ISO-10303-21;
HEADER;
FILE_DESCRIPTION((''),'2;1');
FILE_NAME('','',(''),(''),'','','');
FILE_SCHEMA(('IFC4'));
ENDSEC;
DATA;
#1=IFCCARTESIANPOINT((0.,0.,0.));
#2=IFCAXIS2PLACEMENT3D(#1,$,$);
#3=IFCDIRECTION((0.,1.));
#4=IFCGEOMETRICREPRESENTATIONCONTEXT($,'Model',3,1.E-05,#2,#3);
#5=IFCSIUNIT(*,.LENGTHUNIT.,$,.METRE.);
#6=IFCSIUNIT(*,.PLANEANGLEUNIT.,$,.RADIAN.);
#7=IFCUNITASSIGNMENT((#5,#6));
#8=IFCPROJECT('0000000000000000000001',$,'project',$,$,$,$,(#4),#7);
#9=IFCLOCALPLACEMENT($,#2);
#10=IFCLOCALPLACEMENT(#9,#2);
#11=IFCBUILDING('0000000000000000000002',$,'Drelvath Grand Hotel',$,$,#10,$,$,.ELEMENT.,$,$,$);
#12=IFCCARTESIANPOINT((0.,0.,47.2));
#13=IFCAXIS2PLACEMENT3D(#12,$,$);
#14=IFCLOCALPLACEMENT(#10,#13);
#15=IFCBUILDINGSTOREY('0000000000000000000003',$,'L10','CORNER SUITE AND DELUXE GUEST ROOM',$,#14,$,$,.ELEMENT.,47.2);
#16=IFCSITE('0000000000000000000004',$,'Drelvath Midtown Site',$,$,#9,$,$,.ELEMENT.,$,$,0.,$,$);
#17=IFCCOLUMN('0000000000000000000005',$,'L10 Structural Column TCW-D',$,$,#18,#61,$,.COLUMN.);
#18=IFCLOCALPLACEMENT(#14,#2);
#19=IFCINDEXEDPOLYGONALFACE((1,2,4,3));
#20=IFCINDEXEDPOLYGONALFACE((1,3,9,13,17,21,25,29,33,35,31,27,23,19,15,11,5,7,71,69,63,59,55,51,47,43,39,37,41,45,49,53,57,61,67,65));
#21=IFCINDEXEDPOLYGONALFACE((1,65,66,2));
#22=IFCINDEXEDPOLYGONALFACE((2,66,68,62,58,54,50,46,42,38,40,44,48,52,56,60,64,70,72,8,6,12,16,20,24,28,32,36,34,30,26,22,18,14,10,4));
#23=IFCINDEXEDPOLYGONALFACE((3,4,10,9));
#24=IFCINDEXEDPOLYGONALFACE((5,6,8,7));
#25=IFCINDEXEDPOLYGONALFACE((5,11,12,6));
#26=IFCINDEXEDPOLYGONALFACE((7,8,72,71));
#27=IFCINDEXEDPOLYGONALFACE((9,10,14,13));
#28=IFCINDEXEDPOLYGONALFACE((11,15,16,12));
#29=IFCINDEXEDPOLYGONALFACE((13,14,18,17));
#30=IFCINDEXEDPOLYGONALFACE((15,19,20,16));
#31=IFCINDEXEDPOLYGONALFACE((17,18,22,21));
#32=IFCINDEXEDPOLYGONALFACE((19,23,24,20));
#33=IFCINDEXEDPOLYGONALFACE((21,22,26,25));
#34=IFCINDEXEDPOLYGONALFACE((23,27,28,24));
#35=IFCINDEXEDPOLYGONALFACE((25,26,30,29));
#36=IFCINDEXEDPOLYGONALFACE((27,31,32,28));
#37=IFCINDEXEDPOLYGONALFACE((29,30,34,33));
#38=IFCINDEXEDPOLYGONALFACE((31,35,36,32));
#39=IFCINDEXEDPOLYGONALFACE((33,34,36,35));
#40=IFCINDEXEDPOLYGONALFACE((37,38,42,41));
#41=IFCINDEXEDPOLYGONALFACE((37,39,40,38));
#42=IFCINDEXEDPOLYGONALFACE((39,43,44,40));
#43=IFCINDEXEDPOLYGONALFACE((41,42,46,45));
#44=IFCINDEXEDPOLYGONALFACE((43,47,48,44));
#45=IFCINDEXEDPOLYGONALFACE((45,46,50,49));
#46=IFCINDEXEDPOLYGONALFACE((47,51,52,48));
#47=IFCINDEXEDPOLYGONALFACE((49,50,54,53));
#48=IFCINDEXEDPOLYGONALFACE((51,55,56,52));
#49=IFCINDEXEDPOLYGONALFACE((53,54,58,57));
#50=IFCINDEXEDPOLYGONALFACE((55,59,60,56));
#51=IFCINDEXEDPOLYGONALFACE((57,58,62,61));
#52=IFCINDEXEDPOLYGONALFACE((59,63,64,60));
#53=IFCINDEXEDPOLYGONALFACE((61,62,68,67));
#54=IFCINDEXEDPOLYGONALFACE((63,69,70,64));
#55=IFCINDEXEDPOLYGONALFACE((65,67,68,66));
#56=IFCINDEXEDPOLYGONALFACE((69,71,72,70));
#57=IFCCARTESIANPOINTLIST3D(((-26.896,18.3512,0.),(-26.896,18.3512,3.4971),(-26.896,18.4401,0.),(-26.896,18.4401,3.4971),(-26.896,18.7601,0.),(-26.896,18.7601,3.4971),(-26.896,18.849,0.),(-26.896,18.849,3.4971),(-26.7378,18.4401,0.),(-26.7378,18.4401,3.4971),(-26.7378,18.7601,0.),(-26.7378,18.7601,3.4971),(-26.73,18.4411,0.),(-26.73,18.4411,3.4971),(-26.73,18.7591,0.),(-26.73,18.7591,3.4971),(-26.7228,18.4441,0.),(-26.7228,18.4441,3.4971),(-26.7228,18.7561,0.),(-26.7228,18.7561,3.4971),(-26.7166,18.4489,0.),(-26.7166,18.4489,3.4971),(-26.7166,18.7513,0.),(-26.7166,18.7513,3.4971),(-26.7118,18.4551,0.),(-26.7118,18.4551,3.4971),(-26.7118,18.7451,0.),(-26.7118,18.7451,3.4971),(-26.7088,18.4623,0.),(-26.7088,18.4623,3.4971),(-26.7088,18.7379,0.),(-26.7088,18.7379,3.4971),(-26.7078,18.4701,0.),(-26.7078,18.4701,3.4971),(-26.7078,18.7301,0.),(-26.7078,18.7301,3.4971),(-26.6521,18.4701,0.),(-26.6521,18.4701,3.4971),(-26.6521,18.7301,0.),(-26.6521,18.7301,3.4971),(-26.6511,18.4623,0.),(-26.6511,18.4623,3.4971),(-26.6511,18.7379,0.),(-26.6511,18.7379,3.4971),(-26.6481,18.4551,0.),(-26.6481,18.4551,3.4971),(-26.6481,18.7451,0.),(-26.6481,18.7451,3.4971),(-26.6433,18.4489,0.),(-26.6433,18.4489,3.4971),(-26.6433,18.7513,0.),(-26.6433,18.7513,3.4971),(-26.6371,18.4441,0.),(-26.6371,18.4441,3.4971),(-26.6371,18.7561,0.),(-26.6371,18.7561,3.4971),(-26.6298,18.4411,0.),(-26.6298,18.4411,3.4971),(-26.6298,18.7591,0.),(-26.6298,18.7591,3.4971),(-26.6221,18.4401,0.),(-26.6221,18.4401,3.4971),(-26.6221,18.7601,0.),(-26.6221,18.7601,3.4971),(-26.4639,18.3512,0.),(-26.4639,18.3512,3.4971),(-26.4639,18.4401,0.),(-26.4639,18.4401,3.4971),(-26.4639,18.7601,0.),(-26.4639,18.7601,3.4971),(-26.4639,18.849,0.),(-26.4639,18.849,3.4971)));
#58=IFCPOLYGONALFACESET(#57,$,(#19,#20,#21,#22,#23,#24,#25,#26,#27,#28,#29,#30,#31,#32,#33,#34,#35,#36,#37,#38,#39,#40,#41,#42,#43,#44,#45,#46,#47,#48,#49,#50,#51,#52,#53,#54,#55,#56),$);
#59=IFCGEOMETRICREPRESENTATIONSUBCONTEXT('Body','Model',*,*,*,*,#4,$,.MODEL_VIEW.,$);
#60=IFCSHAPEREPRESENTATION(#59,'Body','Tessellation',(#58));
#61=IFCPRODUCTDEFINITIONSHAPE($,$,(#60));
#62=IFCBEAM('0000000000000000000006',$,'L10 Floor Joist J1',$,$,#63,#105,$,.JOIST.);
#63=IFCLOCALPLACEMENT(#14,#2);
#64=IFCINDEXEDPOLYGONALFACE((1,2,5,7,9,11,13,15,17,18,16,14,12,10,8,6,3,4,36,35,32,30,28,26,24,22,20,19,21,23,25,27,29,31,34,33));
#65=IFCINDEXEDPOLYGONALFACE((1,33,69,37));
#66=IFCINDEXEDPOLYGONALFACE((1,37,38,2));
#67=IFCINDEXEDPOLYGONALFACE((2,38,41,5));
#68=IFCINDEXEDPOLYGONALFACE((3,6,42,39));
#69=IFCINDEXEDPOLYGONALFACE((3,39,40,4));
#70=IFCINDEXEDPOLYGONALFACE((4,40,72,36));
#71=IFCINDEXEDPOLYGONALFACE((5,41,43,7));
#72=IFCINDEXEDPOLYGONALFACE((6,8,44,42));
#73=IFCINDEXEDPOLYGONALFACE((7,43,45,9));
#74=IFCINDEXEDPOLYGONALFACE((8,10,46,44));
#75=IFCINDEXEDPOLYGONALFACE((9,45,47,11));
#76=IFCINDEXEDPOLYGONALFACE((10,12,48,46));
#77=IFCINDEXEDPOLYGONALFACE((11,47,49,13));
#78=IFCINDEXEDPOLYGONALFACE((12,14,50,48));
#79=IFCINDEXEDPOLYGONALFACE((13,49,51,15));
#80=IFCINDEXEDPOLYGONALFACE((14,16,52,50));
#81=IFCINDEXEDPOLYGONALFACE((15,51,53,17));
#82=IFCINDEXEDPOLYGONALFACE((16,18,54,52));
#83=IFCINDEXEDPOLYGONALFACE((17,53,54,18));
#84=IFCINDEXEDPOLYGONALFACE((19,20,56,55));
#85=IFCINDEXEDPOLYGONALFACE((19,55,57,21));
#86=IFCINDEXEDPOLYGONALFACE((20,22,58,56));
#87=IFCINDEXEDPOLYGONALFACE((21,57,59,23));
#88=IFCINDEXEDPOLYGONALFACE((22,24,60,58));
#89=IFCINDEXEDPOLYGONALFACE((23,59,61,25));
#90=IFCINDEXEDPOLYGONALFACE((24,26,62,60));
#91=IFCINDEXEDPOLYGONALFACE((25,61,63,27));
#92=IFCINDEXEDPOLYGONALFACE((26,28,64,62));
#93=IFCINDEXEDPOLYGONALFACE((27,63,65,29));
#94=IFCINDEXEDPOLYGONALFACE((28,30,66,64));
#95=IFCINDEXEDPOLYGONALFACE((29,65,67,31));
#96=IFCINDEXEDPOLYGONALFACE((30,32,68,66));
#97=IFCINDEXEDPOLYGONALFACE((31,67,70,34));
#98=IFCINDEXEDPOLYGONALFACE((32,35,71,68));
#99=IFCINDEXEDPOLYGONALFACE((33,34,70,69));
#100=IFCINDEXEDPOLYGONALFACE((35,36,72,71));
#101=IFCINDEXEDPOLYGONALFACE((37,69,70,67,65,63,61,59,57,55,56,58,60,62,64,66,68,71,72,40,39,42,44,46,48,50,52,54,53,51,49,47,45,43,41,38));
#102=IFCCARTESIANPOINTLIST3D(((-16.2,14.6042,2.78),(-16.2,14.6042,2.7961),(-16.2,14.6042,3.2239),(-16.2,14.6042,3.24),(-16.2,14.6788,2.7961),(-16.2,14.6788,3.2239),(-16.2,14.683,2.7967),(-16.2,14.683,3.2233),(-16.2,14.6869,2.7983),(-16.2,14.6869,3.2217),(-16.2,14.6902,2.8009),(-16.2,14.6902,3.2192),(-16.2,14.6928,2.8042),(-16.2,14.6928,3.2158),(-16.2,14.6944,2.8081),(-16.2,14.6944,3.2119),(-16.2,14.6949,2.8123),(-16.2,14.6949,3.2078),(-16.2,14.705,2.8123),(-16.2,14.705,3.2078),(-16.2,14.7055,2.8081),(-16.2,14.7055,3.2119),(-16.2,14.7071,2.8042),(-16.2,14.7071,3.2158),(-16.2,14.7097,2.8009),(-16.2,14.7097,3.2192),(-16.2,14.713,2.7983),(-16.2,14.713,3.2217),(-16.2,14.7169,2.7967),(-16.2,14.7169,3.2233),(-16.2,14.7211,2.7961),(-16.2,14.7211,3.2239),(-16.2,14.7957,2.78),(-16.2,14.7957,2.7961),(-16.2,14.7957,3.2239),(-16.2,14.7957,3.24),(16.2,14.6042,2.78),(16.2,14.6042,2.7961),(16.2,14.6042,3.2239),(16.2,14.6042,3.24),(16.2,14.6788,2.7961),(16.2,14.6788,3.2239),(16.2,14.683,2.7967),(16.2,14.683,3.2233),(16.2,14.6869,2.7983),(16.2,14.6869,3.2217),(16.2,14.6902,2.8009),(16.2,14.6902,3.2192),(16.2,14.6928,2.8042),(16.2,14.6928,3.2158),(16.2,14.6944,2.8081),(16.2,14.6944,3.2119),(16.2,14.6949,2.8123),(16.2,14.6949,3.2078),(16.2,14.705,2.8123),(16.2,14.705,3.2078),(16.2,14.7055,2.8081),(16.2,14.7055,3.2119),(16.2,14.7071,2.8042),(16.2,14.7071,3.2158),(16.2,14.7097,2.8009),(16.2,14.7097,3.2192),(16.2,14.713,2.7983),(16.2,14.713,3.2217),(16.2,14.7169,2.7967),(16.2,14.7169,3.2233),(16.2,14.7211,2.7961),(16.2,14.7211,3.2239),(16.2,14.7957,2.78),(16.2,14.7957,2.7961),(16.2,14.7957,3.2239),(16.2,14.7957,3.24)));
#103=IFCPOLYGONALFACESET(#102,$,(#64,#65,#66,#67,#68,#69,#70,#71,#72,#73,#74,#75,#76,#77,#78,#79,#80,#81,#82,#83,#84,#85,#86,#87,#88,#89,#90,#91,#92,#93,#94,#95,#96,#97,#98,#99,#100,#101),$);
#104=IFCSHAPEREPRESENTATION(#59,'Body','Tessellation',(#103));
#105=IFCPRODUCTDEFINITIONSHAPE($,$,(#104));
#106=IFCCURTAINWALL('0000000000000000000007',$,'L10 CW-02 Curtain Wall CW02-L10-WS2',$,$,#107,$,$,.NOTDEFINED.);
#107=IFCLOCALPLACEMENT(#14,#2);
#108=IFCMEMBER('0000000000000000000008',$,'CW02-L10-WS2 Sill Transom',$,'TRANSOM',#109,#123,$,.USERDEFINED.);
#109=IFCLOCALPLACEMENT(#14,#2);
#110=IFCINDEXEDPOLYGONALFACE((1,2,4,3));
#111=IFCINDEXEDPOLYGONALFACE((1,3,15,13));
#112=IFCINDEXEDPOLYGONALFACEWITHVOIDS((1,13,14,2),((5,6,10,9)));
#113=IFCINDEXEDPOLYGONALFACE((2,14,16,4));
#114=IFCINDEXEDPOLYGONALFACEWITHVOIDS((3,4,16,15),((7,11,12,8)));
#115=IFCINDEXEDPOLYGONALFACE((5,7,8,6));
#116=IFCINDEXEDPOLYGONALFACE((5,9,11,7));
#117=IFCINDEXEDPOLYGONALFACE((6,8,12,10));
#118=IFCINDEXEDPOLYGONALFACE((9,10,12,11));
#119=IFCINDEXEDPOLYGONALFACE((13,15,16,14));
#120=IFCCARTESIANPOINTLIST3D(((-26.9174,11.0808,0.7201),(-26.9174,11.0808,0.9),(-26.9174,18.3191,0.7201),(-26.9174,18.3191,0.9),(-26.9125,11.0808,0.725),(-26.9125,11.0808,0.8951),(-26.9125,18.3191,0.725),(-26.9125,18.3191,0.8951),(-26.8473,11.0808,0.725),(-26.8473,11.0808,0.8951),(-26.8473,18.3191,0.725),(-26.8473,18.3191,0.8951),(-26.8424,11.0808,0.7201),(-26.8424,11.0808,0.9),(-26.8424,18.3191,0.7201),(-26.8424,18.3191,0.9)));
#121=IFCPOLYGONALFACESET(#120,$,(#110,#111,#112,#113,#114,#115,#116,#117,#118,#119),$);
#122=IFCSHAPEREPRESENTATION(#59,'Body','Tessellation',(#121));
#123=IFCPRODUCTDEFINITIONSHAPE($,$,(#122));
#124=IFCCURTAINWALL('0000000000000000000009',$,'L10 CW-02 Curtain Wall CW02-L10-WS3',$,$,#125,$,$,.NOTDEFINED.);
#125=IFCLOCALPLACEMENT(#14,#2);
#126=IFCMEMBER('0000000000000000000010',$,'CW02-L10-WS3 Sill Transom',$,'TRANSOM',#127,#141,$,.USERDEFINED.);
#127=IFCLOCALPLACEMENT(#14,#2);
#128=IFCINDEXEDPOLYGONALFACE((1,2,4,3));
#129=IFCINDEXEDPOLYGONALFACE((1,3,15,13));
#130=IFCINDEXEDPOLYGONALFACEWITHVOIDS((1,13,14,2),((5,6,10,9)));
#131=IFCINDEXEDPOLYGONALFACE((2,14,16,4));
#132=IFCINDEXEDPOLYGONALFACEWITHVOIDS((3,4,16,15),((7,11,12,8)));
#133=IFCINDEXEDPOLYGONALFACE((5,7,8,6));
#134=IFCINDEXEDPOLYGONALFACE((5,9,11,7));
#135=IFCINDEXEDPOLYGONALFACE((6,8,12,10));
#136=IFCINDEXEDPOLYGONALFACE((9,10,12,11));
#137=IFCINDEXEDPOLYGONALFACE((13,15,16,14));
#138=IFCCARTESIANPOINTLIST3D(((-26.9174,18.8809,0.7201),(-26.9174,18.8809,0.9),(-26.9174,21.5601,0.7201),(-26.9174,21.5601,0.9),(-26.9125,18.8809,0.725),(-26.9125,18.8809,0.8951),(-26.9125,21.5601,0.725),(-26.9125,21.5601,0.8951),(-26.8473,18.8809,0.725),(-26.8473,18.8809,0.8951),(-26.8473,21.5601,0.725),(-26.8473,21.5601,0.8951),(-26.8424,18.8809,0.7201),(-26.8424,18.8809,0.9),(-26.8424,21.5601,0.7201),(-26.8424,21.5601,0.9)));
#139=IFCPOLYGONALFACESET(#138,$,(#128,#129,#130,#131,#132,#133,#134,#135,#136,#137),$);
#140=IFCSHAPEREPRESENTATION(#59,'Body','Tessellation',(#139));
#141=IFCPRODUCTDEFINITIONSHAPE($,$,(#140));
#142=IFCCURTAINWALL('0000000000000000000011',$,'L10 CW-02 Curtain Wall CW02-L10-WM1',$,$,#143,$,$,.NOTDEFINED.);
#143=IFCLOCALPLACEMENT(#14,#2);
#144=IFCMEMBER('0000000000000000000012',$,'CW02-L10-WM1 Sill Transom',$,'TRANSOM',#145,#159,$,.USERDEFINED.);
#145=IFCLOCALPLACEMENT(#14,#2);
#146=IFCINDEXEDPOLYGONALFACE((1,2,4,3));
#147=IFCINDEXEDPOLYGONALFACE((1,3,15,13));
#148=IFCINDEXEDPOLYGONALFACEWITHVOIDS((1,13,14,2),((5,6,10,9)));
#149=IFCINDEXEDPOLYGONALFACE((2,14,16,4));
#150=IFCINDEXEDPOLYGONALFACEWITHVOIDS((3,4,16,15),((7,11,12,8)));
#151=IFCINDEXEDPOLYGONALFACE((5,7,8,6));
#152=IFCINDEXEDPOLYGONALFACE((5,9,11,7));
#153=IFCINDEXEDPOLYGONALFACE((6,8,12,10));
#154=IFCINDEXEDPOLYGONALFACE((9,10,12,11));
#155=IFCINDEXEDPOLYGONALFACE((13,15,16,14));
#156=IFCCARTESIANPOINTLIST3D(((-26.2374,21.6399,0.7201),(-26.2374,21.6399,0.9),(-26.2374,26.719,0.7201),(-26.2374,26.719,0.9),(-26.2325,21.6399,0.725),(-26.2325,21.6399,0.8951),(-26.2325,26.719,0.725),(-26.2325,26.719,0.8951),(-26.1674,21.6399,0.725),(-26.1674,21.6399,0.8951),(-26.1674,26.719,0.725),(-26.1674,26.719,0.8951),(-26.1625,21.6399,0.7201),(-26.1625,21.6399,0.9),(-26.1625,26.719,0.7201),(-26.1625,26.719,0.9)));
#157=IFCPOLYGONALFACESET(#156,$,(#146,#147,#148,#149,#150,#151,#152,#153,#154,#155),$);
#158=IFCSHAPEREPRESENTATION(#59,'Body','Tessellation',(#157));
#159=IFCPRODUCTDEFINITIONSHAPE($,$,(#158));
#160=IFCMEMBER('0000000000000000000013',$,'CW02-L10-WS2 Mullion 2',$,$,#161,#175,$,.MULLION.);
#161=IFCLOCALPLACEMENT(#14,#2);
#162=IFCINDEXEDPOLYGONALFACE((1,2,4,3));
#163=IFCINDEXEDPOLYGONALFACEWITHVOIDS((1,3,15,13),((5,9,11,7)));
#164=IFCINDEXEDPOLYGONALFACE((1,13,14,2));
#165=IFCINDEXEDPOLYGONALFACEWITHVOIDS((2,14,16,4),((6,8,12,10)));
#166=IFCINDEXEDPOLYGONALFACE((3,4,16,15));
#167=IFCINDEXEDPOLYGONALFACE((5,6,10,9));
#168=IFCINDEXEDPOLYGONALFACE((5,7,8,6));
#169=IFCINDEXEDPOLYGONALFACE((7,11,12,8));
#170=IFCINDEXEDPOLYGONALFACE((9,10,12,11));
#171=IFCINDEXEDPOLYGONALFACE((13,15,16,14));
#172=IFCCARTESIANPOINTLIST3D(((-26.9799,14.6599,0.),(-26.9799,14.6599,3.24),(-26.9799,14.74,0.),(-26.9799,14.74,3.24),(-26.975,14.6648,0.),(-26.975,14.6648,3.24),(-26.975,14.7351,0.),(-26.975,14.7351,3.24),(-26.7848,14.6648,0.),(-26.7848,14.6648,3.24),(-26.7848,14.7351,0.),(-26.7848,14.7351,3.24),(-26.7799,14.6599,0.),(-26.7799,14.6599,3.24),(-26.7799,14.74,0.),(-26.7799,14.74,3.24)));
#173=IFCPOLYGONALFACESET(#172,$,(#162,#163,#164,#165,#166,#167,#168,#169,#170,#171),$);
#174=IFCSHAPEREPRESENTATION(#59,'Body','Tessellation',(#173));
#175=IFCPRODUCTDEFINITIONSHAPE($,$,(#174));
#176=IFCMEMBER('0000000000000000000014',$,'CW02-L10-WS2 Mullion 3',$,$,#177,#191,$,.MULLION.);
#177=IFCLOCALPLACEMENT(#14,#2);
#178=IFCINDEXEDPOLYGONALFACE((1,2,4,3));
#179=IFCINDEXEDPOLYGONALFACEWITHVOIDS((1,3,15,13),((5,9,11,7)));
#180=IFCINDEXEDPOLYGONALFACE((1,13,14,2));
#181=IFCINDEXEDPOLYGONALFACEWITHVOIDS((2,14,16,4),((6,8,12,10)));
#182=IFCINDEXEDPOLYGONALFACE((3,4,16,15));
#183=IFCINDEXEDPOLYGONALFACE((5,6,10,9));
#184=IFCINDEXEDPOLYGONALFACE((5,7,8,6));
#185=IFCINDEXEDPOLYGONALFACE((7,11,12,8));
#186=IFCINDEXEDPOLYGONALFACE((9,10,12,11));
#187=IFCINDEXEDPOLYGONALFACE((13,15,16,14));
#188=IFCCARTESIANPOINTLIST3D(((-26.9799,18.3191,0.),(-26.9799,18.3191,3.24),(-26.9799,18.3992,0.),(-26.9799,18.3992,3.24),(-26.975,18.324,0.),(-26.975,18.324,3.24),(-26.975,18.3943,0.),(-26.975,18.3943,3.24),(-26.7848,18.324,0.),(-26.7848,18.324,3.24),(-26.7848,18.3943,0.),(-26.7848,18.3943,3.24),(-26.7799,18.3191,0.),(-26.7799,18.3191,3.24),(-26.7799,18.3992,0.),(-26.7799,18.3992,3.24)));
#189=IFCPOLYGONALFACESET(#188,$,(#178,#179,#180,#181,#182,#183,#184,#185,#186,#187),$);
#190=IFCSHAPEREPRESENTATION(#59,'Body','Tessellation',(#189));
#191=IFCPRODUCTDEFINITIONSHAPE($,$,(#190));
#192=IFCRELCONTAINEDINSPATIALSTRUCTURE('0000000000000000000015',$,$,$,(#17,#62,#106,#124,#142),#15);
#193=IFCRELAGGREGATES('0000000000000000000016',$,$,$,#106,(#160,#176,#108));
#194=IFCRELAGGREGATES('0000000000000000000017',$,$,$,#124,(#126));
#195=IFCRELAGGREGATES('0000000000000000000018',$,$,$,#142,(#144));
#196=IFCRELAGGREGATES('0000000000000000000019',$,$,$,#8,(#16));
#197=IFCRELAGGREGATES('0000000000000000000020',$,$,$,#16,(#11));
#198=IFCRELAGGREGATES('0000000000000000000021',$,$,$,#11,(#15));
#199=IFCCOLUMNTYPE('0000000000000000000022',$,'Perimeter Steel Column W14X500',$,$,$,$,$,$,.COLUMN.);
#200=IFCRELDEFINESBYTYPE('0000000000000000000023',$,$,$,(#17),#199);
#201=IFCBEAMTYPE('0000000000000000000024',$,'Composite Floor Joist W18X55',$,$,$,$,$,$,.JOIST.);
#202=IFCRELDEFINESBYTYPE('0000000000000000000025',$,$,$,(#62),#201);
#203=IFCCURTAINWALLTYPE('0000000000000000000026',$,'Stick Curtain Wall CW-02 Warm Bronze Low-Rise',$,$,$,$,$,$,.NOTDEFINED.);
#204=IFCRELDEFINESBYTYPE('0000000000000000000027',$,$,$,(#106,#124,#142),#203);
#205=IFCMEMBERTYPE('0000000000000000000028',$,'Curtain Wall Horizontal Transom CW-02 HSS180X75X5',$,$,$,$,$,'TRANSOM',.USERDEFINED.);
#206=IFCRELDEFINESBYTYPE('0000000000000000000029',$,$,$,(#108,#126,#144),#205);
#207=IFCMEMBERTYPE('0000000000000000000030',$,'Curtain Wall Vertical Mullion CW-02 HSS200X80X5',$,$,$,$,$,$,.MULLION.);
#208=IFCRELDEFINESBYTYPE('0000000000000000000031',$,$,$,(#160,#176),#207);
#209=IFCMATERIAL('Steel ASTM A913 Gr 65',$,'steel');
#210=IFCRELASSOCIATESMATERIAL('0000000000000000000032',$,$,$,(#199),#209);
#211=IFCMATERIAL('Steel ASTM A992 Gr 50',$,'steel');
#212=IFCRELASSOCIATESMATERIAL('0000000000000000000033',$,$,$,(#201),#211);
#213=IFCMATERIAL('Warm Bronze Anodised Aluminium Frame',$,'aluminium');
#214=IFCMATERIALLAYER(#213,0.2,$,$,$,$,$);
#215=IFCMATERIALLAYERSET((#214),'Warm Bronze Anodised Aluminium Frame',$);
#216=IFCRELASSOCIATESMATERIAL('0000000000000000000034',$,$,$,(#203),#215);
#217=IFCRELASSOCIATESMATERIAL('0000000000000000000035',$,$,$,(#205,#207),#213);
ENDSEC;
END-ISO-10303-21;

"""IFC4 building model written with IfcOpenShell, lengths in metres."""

from ifc_helpers import new_model, si_unit, direction, frame, origin, origin_2d, place, context, subcontext, project, spatial, hollow_rectangle, i_section, extrude, material, layer, layer_set, material_profile, profile_set, type_object, element, aggregate, save


model = new_model("IFC4")

# Units and contexts
model_context = context("Model", 3, precision=1e-05, world=origin(), true_north=direction((0.0, 1.0)))
body_context = subcontext(model_context, "Body", "Model", "MODEL_VIEW")
ifc_project = project(units=[si_unit("LENGTHUNIT", "METRE"), si_unit("PLANEANGLEUNIT", "RADIAN")], contexts=[model_context])

# Site, building, storey
site_placement = place(None, origin())
site = spatial("IfcSite", under=ifc_project, at=site_placement, Name="Drelvath Midtown Site", CompositionType="ELEMENT", RefElevation=0.0)
building_placement = place(site_placement, origin())
building = spatial("IfcBuilding", under=site, at=building_placement, Name="Drelvath Grand Hotel", CompositionType="ELEMENT")
storey_placement = place(building_placement, frame((0.0, 0.0, 47.2)))
storey = spatial("IfcBuildingStorey", under=building, at=storey_placement, Name="L10", Description="CORNER SUITE AND DELUXE GUEST ROOM", CompositionType="ELEMENT", Elevation=47.2)

# Column
ifc_material_1 = material(Name="Steel ASTM A913 Gr 65", Category="steel")
ifc_material_profile_1 = material_profile(ifc_material_1, i_section(OverallWidth=0.4321, OverallDepth=0.4978, WebThickness=0.0557, FlangeThickness=0.0889, FilletRadius=0.03, at=origin_2d()), Name="W14X500")
ifc_profile_set_1 = profile_set([ifc_material_profile_1], Name="Steel ASTM A913 Gr 65")
column_type = type_object("IfcColumnType", Name="Perimeter Steel Column W14X500", PredefinedType="COLUMN", material=ifc_profile_set_1)
column_placement = place(storey_placement, frame((-26.6799, 18.6001, 0.0), z_axis=(0.0, 0.0, 1.0), x_axis=(1.0, 0.0, 0.0)))
element("IfcColumn", 1, at=column_placement, inside=storey, type_object=column_type, Name="L10 Structural Column TCW-D", PredefinedType="COLUMN", context=body_context, shape_type="SweptSolid", body=[
    extrude(i_section(OverallWidth=0.4321, OverallDepth=0.4978, WebThickness=0.0557, FlangeThickness=0.0889, FilletRadius=0.03, at=origin_2d()), origin(), (0.0, 0.0, 1.0), 3.4971),
])

# Beam
ifc_material_2 = material(Name="Steel ASTM A992 Gr 50", Category="steel")
ifc_material_profile_2 = material_profile(ifc_material_2, i_section(OverallWidth=0.1914, OverallDepth=0.46, WebThickness=0.01, FlangeThickness=0.0161, FilletRadius=0.0161, at=origin_2d()), Name="W18X55")
ifc_profile_set_2 = profile_set([ifc_material_profile_2], Name="Steel ASTM A992 Gr 50")
beam_type_1 = type_object("IfcBeamType", Name="Composite Floor Joist W18X55", PredefinedType="JOIST", material=ifc_profile_set_2)
beam_1_placement = place(storey_placement, frame((-16.2, 14.7, 3.01), z_axis=(1.0, 0.0, 0.0), x_axis=(0.0, 1.0, 0.0)))
element("IfcBeam", 2, at=beam_1_placement, inside=storey, type_object=beam_type_1, Name="L10 Floor Joist J1", PredefinedType="JOIST", context=body_context, shape_type="SweptSolid", body=[
    extrude(i_section(OverallWidth=0.1914, OverallDepth=0.46, WebThickness=0.01, FlangeThickness=0.0161, FilletRadius=0.0161, at=origin_2d()), origin(), (0.0, 0.0, 1.0), 32.3999),
])

# Curtain walls, members
ifc_material_3 = material(Name="Warm Bronze Anodised Aluminium Frame", Category="aluminium")
ifc_layer_1 = layer(ifc_material_3, 0.2)
ifc_layer_set_1 = layer_set([ifc_layer_1], Name="Warm Bronze Anodised Aluminium Frame")
curtain_wall_type = type_object("IfcCurtainWallType", Name="Stick Curtain Wall CW-02 Warm Bronze Low-Rise", PredefinedType="NOTDEFINED", material=ifc_layer_set_1)
curtain_wall_1_placement = place(storey_placement, origin())
curtain_wall_1 = element("IfcCurtainWall", 3, at=curtain_wall_1_placement, inside=storey, type_object=curtain_wall_type, Name="L10 CW-02 Curtain Wall CW02-L10-WS2", PredefinedType="NOTDEFINED")
ifc_material_profile_3 = material_profile(ifc_material_3, hollow_rectangle(XDim=0.075, YDim=0.1799, WallThickness=0.0049, at=origin_2d()), Name="HSS180X75X5")
ifc_profile_set_3 = profile_set([ifc_material_profile_3], Name="Warm Bronze Anodised Aluminium Frame")
member_type_1 = type_object("IfcMemberType", Name="Curtain Wall Horizontal Transom CW-02 HSS180X75X5", ElementType="TRANSOM", PredefinedType="USERDEFINED", material=ifc_profile_set_3)
member_1_placement = place(storey_placement, frame((-26.8799, 11.0808, 0.8101), z_axis=(0.0, 1.0, 0.0), x_axis=(-1.0, 0.0, 0.0)))
member_1 = element("IfcMember", 4, at=member_1_placement, type_object=member_type_1, Name="CW02-L10-WS2 Sill Transom", ObjectType="TRANSOM", PredefinedType="USERDEFINED", context=body_context, shape_type="SweptSolid", body=[
    extrude(hollow_rectangle(XDim=0.075, YDim=0.1799, WallThickness=0.0049, at=origin_2d()), origin(), (0.0, 0.0, 1.0), 7.2383),
])
curtain_wall_2_placement = place(storey_placement, origin())
curtain_wall_2 = element("IfcCurtainWall", 5, at=curtain_wall_2_placement, inside=storey, type_object=curtain_wall_type, Name="L10 CW-02 Curtain Wall CW02-L10-WS3", PredefinedType="NOTDEFINED")
member_2_placement = place(storey_placement, frame((-26.8799, 18.8809, 0.8101), z_axis=(0.0, 1.0, 0.0), x_axis=(-1.0, 0.0, 0.0)))
member_2 = element("IfcMember", 6, at=member_2_placement, type_object=member_type_1, Name="CW02-L10-WS3 Sill Transom", ObjectType="TRANSOM", PredefinedType="USERDEFINED", context=body_context, shape_type="SweptSolid", body=[
    extrude(hollow_rectangle(XDim=0.075, YDim=0.1799, WallThickness=0.0049, at=origin_2d()), origin(), (0.0, 0.0, 1.0), 2.6792),
])
curtain_wall_3_placement = place(storey_placement, origin())
curtain_wall_3 = element("IfcCurtainWall", 7, at=curtain_wall_3_placement, inside=storey, type_object=curtain_wall_type, Name="L10 CW-02 Curtain Wall CW02-L10-WM1", PredefinedType="NOTDEFINED")
member_3_placement = place(storey_placement, frame((-26.2, 21.6399, 0.8101), z_axis=(0.0, 1.0, 0.0), x_axis=(-1.0, 0.0, 0.0)))
member_3 = element("IfcMember", 8, at=member_3_placement, type_object=member_type_1, Name="CW02-L10-WM1 Sill Transom", ObjectType="TRANSOM", PredefinedType="USERDEFINED", context=body_context, shape_type="SweptSolid", body=[
    extrude(hollow_rectangle(XDim=0.075, YDim=0.1799, WallThickness=0.0049, at=origin_2d()), origin(), (0.0, 0.0, 1.0), 5.0791),
])

# Members
ifc_material_profile_4 = material_profile(ifc_material_3, hollow_rectangle(XDim=0.0801, YDim=0.2, WallThickness=0.0049, at=origin_2d()), Name="HSS200X80X5")
ifc_profile_set_4 = profile_set([ifc_material_profile_4], Name="Warm Bronze Anodised Aluminium Frame")
member_type_2 = type_object("IfcMemberType", Name="Curtain Wall Vertical Mullion CW-02 HSS200X80X5", PredefinedType="MULLION", material=ifc_profile_set_4)
member_4_placement = place(storey_placement, frame((-26.8799, 14.7, 0.0), z_axis=(0.0, 0.0, 1.0), x_axis=(0.0, 1.0, 0.0)))
member_4 = element("IfcMember", 9, at=member_4_placement, type_object=member_type_2, Name="CW02-L10-WS2 Mullion 2", PredefinedType="MULLION", context=body_context, shape_type="SweptSolid", body=[
    extrude(hollow_rectangle(XDim=0.0801, YDim=0.2, WallThickness=0.0049, at=origin_2d()), origin(), (0.0, 0.0, 1.0), 3.24),
])
member_5_placement = place(storey_placement, frame((-26.8799, 18.3591, 0.0), z_axis=(0.0, 0.0, 1.0), x_axis=(0.0, 1.0, 0.0)))
member_5 = element("IfcMember", 10, at=member_5_placement, type_object=member_type_2, Name="CW02-L10-WS2 Mullion 3", PredefinedType="MULLION", context=body_context, shape_type="SweptSolid", body=[
    extrude(hollow_rectangle(XDim=0.0801, YDim=0.2, WallThickness=0.0049, at=origin_2d()), origin(), (0.0, 0.0, 1.0), 3.24),
])

aggregate(curtain_wall_1, [member_4, member_5, member_1])
aggregate(curtain_wall_2, [member_2])
aggregate(curtain_wall_3, [member_3])

save(model, "model.ifc")
